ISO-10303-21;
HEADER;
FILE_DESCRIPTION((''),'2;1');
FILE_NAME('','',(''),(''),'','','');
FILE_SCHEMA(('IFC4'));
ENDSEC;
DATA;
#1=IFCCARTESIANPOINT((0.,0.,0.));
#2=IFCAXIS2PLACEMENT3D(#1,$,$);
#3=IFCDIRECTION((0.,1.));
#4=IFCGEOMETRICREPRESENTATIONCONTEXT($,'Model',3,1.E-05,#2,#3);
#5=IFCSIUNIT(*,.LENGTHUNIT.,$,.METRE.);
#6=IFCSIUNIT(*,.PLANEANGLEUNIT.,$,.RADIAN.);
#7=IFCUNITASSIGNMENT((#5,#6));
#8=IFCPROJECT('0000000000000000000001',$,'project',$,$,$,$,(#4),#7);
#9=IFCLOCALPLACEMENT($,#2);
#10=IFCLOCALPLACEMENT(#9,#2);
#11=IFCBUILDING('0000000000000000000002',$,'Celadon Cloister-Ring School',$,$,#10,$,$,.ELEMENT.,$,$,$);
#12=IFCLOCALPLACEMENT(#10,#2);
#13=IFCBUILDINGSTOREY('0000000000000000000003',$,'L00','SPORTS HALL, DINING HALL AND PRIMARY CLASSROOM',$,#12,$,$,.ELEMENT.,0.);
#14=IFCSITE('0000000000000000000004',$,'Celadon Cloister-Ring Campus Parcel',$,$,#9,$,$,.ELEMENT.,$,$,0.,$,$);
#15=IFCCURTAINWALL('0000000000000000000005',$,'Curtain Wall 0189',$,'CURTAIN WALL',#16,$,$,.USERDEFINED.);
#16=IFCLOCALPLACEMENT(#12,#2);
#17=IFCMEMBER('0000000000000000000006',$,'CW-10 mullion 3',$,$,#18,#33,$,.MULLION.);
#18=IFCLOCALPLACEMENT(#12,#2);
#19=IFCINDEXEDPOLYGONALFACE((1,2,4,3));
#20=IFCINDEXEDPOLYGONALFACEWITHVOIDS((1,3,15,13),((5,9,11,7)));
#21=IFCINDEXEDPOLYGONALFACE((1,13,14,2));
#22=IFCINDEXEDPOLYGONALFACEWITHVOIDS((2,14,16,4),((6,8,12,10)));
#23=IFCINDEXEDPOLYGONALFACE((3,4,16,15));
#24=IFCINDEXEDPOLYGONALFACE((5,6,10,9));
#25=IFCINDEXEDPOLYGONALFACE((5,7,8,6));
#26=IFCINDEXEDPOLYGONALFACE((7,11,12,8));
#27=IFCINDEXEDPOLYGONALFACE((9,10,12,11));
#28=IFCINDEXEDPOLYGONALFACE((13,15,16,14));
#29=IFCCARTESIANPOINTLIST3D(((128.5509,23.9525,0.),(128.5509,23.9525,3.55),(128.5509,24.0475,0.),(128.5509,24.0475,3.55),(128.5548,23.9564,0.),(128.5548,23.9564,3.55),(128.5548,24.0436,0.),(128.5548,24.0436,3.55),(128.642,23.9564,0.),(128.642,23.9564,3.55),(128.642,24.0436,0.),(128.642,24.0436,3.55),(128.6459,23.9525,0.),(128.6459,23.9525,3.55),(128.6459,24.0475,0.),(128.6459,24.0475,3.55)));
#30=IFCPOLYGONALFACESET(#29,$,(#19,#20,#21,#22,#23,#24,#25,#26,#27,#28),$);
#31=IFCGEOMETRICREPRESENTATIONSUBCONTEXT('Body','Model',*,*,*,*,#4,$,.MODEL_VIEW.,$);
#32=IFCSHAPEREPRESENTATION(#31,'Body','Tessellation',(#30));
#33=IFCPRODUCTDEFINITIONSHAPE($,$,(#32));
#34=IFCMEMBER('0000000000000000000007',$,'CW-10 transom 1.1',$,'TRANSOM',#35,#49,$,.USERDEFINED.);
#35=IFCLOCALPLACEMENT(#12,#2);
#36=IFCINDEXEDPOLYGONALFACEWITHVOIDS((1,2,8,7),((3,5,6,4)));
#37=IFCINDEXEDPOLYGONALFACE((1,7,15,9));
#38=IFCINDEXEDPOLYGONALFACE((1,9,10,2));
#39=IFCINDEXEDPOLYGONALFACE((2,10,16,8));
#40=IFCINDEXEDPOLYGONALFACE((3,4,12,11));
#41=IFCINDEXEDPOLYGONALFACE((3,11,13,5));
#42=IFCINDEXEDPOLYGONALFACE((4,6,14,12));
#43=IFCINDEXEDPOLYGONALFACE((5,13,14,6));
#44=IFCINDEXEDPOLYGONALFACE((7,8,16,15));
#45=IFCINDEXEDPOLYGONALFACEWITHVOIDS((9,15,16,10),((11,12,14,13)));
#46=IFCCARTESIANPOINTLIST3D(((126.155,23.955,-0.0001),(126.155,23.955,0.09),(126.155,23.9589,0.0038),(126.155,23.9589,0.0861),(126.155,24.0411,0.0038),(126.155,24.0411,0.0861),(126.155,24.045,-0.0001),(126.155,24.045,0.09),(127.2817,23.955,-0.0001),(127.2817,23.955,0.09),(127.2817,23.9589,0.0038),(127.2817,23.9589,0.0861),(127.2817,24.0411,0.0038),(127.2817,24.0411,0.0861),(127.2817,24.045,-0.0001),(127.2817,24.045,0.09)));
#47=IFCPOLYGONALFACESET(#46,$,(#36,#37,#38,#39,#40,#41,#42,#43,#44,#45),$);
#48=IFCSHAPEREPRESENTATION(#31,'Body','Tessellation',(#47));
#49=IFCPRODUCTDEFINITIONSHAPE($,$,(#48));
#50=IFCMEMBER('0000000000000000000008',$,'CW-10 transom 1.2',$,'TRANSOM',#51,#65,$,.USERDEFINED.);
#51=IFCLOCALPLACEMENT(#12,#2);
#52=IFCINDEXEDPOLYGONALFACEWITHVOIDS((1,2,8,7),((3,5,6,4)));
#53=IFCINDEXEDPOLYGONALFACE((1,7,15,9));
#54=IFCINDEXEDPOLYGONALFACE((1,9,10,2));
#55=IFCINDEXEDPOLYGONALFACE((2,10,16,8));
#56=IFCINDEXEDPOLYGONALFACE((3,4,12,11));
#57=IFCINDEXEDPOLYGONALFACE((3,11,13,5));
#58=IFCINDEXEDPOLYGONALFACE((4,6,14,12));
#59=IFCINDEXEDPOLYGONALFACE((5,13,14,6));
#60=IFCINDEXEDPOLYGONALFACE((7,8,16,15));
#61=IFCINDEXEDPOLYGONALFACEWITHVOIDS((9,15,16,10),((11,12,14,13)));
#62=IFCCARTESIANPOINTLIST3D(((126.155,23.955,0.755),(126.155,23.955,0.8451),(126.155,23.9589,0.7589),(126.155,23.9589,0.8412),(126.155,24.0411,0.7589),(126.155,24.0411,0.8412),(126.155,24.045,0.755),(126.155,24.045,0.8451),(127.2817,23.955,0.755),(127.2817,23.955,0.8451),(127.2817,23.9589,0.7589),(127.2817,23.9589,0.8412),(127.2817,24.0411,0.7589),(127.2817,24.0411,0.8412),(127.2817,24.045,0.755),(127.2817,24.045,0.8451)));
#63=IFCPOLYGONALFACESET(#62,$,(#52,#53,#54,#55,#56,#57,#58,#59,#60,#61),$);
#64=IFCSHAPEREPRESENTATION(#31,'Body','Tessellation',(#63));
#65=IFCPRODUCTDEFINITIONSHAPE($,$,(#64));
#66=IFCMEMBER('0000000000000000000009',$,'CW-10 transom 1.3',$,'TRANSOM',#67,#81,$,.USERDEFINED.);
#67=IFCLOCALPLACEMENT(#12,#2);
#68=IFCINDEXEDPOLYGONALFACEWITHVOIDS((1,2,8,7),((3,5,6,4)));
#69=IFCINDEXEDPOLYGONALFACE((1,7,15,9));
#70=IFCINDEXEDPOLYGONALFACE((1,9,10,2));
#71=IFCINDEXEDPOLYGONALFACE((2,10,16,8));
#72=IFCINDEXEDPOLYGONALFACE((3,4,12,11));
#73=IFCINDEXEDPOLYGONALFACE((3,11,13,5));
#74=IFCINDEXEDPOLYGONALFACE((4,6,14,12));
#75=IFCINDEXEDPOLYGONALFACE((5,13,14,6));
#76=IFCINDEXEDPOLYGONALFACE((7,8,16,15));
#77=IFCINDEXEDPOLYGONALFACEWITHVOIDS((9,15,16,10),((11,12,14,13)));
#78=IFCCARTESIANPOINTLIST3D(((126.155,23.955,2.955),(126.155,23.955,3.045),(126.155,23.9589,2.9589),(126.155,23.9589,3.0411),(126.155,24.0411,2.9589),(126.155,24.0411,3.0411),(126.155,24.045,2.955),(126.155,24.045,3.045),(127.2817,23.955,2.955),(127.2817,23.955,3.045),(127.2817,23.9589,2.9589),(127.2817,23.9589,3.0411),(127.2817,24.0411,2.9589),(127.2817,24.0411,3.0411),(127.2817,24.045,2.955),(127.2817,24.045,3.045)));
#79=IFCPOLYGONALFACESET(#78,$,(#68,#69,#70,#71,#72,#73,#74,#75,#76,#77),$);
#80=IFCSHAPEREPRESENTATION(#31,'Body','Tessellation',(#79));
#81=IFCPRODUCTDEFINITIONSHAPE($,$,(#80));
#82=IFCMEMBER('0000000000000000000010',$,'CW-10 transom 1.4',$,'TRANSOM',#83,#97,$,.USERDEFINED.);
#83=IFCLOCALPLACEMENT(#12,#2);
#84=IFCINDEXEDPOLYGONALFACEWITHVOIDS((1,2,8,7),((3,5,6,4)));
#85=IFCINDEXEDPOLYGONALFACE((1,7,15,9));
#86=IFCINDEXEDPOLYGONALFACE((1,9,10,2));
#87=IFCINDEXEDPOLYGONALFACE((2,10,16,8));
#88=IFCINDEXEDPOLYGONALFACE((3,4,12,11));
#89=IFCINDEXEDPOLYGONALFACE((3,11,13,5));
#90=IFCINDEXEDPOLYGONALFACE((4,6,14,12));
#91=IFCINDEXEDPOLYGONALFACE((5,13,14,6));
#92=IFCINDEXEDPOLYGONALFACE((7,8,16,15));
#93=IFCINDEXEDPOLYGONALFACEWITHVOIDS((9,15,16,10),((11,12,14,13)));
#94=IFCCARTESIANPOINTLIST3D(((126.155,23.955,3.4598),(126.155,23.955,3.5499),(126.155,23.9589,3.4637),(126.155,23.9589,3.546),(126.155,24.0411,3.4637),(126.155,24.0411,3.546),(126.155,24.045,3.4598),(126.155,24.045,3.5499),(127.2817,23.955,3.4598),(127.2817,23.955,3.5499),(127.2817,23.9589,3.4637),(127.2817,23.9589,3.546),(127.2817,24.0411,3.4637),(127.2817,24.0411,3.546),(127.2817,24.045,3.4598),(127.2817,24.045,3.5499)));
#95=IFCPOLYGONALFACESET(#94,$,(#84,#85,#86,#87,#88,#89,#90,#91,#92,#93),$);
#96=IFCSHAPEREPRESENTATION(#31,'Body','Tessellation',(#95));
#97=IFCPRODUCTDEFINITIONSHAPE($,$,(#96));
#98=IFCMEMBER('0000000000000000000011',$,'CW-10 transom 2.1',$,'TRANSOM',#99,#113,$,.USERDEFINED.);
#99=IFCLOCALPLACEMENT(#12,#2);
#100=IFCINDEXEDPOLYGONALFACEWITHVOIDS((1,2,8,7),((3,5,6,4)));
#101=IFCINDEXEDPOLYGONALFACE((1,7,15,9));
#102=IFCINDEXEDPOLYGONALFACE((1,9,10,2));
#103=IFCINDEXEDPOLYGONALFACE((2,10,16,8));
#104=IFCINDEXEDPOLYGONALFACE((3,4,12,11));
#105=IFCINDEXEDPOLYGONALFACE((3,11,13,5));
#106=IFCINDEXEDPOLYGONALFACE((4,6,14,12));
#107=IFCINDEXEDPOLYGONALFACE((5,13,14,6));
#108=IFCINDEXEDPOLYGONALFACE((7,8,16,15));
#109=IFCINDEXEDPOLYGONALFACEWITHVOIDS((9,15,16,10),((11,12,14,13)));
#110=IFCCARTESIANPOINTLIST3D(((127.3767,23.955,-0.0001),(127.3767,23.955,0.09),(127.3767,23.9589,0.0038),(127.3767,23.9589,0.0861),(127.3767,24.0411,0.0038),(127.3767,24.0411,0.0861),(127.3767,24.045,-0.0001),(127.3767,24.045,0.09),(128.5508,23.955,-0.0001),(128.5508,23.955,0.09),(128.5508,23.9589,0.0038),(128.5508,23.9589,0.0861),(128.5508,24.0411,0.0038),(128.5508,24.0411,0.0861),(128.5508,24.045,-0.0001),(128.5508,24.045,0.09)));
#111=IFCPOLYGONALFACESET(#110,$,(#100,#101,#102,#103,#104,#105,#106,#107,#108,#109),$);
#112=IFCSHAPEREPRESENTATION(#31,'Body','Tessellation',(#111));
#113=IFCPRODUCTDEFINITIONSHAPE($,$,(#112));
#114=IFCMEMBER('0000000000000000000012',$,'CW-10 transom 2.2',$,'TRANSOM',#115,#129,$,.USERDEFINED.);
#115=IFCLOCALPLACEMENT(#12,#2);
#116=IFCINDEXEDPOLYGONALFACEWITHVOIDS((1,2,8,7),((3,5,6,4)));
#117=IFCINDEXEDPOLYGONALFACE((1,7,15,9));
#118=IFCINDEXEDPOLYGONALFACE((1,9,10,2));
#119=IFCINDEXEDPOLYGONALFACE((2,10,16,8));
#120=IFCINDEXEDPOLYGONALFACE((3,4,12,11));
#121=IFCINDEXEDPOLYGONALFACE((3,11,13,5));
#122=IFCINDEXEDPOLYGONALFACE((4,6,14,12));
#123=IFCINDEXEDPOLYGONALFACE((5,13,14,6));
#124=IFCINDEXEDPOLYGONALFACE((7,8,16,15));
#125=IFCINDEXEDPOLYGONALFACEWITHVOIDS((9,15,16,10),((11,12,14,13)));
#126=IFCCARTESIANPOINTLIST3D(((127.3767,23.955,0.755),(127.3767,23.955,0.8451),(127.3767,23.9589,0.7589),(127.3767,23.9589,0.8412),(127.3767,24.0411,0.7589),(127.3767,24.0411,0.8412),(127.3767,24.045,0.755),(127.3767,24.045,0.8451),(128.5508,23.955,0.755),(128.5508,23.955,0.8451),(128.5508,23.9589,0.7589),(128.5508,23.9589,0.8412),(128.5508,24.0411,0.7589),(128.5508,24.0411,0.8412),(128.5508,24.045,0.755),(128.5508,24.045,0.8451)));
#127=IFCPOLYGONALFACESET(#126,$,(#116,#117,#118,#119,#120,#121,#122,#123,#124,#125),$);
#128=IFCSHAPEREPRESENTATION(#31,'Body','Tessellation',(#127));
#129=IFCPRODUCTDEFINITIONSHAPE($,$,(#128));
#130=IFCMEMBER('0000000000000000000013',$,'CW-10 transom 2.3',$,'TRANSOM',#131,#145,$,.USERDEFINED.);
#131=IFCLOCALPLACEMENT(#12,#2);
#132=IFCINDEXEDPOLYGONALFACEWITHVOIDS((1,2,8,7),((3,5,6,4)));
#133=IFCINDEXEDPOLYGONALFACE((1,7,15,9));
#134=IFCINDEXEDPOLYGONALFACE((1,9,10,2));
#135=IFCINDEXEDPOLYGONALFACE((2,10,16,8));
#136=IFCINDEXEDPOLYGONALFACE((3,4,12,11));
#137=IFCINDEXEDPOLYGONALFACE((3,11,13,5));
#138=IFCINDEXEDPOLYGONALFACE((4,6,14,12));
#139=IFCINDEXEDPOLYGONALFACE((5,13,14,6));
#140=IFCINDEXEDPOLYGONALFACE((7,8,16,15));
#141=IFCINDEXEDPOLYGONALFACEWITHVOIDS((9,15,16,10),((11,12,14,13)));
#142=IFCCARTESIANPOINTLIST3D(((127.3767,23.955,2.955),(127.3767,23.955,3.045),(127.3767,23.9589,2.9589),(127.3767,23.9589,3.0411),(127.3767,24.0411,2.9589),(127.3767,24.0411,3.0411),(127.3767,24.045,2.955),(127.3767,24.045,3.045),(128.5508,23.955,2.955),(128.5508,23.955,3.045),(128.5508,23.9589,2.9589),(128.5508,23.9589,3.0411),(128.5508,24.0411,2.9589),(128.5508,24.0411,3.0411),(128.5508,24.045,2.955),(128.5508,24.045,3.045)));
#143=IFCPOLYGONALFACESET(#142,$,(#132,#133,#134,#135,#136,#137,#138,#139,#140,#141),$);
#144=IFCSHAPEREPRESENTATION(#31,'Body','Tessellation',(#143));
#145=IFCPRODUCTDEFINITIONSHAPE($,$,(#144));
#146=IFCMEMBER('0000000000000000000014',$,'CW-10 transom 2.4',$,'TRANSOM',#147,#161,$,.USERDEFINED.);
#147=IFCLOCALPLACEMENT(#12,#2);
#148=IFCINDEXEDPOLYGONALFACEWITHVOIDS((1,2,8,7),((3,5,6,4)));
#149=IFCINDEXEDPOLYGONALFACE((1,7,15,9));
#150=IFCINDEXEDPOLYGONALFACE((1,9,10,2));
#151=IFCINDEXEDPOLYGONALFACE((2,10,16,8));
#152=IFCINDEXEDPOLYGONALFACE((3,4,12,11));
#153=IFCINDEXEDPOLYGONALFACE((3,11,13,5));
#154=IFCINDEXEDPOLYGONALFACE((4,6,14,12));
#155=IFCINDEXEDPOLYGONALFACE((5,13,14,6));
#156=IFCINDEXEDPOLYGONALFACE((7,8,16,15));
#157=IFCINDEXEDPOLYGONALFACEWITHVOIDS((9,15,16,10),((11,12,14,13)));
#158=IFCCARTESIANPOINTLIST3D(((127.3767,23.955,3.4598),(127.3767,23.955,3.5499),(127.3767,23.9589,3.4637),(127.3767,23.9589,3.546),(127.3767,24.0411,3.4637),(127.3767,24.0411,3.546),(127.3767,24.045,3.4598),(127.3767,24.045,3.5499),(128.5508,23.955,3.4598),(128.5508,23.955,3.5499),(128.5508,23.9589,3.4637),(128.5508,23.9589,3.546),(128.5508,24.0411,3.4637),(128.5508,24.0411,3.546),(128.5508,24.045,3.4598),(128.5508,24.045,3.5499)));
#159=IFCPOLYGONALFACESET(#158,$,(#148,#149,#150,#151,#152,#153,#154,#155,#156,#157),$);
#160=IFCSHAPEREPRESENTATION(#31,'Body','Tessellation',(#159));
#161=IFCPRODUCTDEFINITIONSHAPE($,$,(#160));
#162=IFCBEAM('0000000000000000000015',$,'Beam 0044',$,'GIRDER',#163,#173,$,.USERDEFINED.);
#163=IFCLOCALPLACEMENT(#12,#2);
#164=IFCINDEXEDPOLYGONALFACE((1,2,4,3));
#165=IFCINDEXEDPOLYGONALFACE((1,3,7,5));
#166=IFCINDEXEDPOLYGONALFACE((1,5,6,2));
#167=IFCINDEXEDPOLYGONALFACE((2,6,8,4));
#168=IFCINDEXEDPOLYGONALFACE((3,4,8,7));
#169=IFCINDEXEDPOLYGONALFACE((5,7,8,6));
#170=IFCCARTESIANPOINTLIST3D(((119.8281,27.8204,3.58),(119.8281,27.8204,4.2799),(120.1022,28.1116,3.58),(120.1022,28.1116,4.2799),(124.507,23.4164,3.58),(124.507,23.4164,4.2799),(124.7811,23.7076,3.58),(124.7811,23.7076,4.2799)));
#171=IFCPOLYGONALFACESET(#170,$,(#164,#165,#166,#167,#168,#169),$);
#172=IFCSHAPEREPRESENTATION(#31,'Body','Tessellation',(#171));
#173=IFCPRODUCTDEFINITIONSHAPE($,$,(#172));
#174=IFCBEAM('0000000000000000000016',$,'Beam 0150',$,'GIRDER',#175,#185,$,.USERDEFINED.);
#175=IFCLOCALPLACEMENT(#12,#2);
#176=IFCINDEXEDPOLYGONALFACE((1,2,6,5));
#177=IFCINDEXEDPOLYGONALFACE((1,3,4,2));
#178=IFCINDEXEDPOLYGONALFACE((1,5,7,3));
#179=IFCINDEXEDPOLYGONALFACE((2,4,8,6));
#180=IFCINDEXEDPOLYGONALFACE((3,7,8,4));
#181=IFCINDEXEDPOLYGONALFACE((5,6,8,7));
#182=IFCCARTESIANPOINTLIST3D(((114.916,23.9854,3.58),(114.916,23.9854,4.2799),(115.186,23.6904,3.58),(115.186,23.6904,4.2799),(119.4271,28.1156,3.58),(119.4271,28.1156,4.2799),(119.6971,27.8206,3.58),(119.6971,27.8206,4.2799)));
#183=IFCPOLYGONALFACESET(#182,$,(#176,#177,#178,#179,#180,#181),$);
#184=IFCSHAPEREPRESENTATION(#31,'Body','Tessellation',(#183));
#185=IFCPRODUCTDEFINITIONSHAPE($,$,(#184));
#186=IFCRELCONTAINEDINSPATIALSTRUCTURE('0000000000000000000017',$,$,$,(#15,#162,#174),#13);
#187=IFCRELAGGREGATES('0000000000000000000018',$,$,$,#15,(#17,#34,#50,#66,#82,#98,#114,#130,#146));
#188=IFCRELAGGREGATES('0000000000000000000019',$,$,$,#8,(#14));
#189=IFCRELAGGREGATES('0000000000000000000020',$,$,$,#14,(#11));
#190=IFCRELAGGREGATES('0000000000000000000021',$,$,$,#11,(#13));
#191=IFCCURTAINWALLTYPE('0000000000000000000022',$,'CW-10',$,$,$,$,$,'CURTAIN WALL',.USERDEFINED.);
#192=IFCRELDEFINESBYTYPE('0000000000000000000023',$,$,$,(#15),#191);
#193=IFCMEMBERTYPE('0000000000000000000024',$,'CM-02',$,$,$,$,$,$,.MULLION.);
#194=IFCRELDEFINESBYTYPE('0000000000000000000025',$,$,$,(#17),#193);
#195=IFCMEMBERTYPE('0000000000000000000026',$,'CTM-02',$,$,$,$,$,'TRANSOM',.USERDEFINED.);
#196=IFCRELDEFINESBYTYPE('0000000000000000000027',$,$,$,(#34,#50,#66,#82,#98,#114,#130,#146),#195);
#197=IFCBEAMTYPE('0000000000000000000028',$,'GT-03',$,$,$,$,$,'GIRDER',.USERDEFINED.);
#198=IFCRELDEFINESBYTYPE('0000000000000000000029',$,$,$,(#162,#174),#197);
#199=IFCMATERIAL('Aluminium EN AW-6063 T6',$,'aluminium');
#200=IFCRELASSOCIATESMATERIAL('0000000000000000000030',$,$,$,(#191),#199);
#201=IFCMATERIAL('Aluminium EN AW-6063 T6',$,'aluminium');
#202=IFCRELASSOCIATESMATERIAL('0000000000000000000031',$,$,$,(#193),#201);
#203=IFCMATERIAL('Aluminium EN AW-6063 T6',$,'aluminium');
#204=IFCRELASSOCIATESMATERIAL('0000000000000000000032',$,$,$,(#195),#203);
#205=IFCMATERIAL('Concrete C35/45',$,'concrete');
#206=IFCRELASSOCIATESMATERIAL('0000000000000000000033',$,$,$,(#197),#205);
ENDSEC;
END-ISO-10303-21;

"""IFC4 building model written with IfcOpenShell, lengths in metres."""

from ifc_helpers import new_model, si_unit, direction, frame, origin, origin_2d, place, context, subcontext, project, spatial, rectangle, hollow_rectangle, extrude, material, material_profile, profile_set, type_object, element, aggregate, save


model = new_model("IFC4")

# Units and contexts
model_context = context("Model", 3, precision=1e-05, world=origin(), true_north=direction((0.0, 1.0)))
body_context = subcontext(model_context, "Body", "Model", "MODEL_VIEW")
ifc_project = project(units=[si_unit("LENGTHUNIT", "METRE"), si_unit("PLANEANGLEUNIT", "RADIAN")], contexts=[model_context])

# Site, building, storey
site_placement = place(None, origin())
site = spatial("IfcSite", under=ifc_project, at=site_placement, Name="Celadon Cloister-Ring Campus Parcel", CompositionType="ELEMENT", RefElevation=0.0)
building_placement = place(site_placement, origin())
building = spatial("IfcBuilding", under=site, at=building_placement, Name="Celadon Cloister-Ring School", CompositionType="ELEMENT")
storey_placement = place(building_placement, origin())
storey = spatial("IfcBuildingStorey", under=building, at=storey_placement, Name="L00", Description="SPORTS HALL, DINING HALL AND PRIMARY CLASSROOM", CompositionType="ELEMENT", Elevation=0.0)

# Curtain wall, members
ifc_material_1 = material(Name="Aluminium EN AW-6063 T6", Category="aluminium")
curtain_wall_type = type_object("IfcCurtainWallType", Name="CW-10", ElementType="CURTAIN WALL", PredefinedType="USERDEFINED", material=ifc_material_1)
curtain_wall_placement = place(storey_placement, origin())
curtain_wall = element("IfcCurtainWall", 1, at=curtain_wall_placement, inside=storey, type_object=curtain_wall_type, Name="Curtain Wall 0189", ObjectType="CURTAIN WALL", PredefinedType="USERDEFINED")
ifc_material_2 = material(Name="Aluminium EN AW-6063 T6", Category="aluminium")
ifc_material_profile_1 = material_profile(ifc_material_2, hollow_rectangle(XDim=0.095, YDim=0.095, WallThickness=0.0039, at=origin_2d()), Name="RHS95X95X4")
ifc_profile_set_1 = profile_set([ifc_material_profile_1], Name="Aluminium EN AW-6063 T6")
member_type_1 = type_object("IfcMemberType", Name="CM-02", PredefinedType="MULLION", material=ifc_profile_set_1)
member_1_placement = place(storey_placement, frame((128.5984, 24.0, 0.0), z_axis=(0.0, 0.0, 1.0), x_axis=(0.0, 1.0, 0.0)))
member_1 = element("IfcMember", 2, at=member_1_placement, type_object=member_type_1, Name="CW-10 mullion 3", PredefinedType="MULLION", context=body_context, shape_type="SweptSolid", body=[
    extrude(hollow_rectangle(XDim=0.095, YDim=0.095, WallThickness=0.0039, at=origin_2d()), origin(), (0.0, 0.0, 1.0), 3.55),
])
ifc_material_3 = material(Name="Aluminium EN AW-6063 T6", Category="aluminium")
ifc_material_profile_2 = material_profile(ifc_material_3, hollow_rectangle(XDim=0.0901, YDim=0.0901, WallThickness=0.0039, at=origin_2d()), Name="RHS90X90X4")
ifc_profile_set_2 = profile_set([ifc_material_profile_2], Name="Aluminium EN AW-6063 T6")
member_type_2 = type_object("IfcMemberType", Name="CTM-02", ElementType="TRANSOM", PredefinedType="USERDEFINED", material=ifc_profile_set_2)
member_2_placement = place(storey_placement, frame((126.155, 24.0, 0.0449), z_axis=(1.0, 0.0, 0.0), x_axis=(0.0, 1.0, 0.0)))
member_2 = element("IfcMember", 3, at=member_2_placement, type_object=member_type_2, Name="CW-10 transom 1.1", ObjectType="TRANSOM", PredefinedType="USERDEFINED", context=body_context, shape_type="SweptSolid", body=[
    extrude(hollow_rectangle(XDim=0.0901, YDim=0.0901, WallThickness=0.0039, at=origin_2d()), origin(), (0.0, 0.0, 1.0), 1.1267),
])
member_3_placement = place(storey_placement, frame((126.155, 24.0, 0.8), z_axis=(1.0, 0.0, 0.0), x_axis=(0.0, 1.0, 0.0)))
member_3 = element("IfcMember", 4, at=member_3_placement, type_object=member_type_2, Name="CW-10 transom 1.2", ObjectType="TRANSOM", PredefinedType="USERDEFINED", context=body_context, shape_type="SweptSolid", body=[
    extrude(hollow_rectangle(XDim=0.0901, YDim=0.0901, WallThickness=0.0039, at=origin_2d()), origin(), (0.0, 0.0, 1.0), 1.1267),
])
member_4_placement = place(storey_placement, frame((126.155, 24.0, 3.0), z_axis=(1.0, 0.0, 0.0), x_axis=(0.0, 1.0, 0.0)))
member_4 = element("IfcMember", 5, at=member_4_placement, type_object=member_type_2, Name="CW-10 transom 1.3", ObjectType="TRANSOM", PredefinedType="USERDEFINED", context=body_context, shape_type="SweptSolid", body=[
    extrude(hollow_rectangle(XDim=0.0901, YDim=0.0901, WallThickness=0.0039, at=origin_2d()), origin(), (0.0, 0.0, 1.0), 1.1267),
])
member_5_placement = place(storey_placement, frame((126.155, 24.0, 3.5049), z_axis=(1.0, 0.0, 0.0), x_axis=(0.0, 1.0, 0.0)))
member_5 = element("IfcMember", 6, at=member_5_placement, type_object=member_type_2, Name="CW-10 transom 1.4", ObjectType="TRANSOM", PredefinedType="USERDEFINED", context=body_context, shape_type="SweptSolid", body=[
    extrude(hollow_rectangle(XDim=0.0901, YDim=0.0901, WallThickness=0.0039, at=origin_2d()), origin(), (0.0, 0.0, 1.0), 1.1267),
])
member_6_placement = place(storey_placement, frame((127.3767, 24.0, 0.0449), z_axis=(1.0, 0.0, 0.0), x_axis=(0.0, 1.0, 0.0)))
member_6 = element("IfcMember", 7, at=member_6_placement, type_object=member_type_2, Name="CW-10 transom 2.1", ObjectType="TRANSOM", PredefinedType="USERDEFINED", context=body_context, shape_type="SweptSolid", body=[
    extrude(hollow_rectangle(XDim=0.0901, YDim=0.0901, WallThickness=0.0039, at=origin_2d()), origin(), (0.0, 0.0, 1.0), 1.1741),
])
member_7_placement = place(storey_placement, frame((127.3767, 24.0, 0.8), z_axis=(1.0, 0.0, 0.0), x_axis=(0.0, 1.0, 0.0)))
member_7 = element("IfcMember", 8, at=member_7_placement, type_object=member_type_2, Name="CW-10 transom 2.2", ObjectType="TRANSOM", PredefinedType="USERDEFINED", context=body_context, shape_type="SweptSolid", body=[
    extrude(hollow_rectangle(XDim=0.0901, YDim=0.0901, WallThickness=0.0039, at=origin_2d()), origin(), (0.0, 0.0, 1.0), 1.1741),
])
member_8_placement = place(storey_placement, frame((127.3767, 24.0, 3.0), z_axis=(1.0, 0.0, 0.0), x_axis=(0.0, 1.0, 0.0)))
member_8 = element("IfcMember", 9, at=member_8_placement, type_object=member_type_2, Name="CW-10 transom 2.3", ObjectType="TRANSOM", PredefinedType="USERDEFINED", context=body_context, shape_type="SweptSolid", body=[
    extrude(hollow_rectangle(XDim=0.0901, YDim=0.0901, WallThickness=0.0039, at=origin_2d()), origin(), (0.0, 0.0, 1.0), 1.1741),
])
member_9_placement = place(storey_placement, frame((127.3767, 24.0, 3.5049), z_axis=(1.0, 0.0, 0.0), x_axis=(0.0, 1.0, 0.0)))
member_9 = element("IfcMember", 10, at=member_9_placement, type_object=member_type_2, Name="CW-10 transom 2.4", ObjectType="TRANSOM", PredefinedType="USERDEFINED", context=body_context, shape_type="SweptSolid", body=[
    extrude(hollow_rectangle(XDim=0.0901, YDim=0.0901, WallThickness=0.0039, at=origin_2d()), origin(), (0.0, 0.0, 1.0), 1.1741),
])

# Beams
ifc_material_4 = material(Name="Concrete C35/45", Category="concrete")
ifc_material_profile_3 = material_profile(ifc_material_4, rectangle(XDim=0.3999, YDim=0.7, at=origin_2d()), Name="RC400X700")
ifc_profile_set_3 = profile_set([ifc_material_profile_3], Name="Concrete C35/45")
beam_type_1 = type_object("IfcBeamType", Name="GT-03", ElementType="GIRDER", PredefinedType="USERDEFINED", material=ifc_profile_set_3)
beam_1_placement = place(storey_placement, frame((124.644, 23.562, 3.9299), z_axis=(-0.728174, 0.685392, 0.0), x_axis=(-0.685392, -0.728174, 0.0)))
element("IfcBeam", 11, at=beam_1_placement, inside=storey, type_object=beam_type_1, Name="Beam 0044", ObjectType="GIRDER", PredefinedType="USERDEFINED", context=body_context, shape_type="SweptSolid", body=[
    extrude(rectangle(XDim=0.3999, YDim=0.7, at=origin_2d()), origin(), (0.0, 0.0, 1.0), 6.4255),
])
beam_2_placement = place(storey_placement, frame((115.051, 23.8379, 3.9299), z_axis=(0.737557, 0.675285, 0.0), x_axis=(-0.675285, 0.737557, 0.0)))
element("IfcBeam", 12, at=beam_2_placement, inside=storey, type_object=beam_type_1, Name="Beam 0150", ObjectType="GIRDER", PredefinedType="USERDEFINED", context=body_context, shape_type="SweptSolid", body=[
    extrude(rectangle(XDim=0.3999, YDim=0.7, at=origin_2d()), origin(), (0.0, 0.0, 1.0), 6.1162),
])

aggregate(curtain_wall, [member_1, member_2, member_3, member_4, member_5, member_6, member_7, member_8, member_9])

save(model, "model.ifc")
